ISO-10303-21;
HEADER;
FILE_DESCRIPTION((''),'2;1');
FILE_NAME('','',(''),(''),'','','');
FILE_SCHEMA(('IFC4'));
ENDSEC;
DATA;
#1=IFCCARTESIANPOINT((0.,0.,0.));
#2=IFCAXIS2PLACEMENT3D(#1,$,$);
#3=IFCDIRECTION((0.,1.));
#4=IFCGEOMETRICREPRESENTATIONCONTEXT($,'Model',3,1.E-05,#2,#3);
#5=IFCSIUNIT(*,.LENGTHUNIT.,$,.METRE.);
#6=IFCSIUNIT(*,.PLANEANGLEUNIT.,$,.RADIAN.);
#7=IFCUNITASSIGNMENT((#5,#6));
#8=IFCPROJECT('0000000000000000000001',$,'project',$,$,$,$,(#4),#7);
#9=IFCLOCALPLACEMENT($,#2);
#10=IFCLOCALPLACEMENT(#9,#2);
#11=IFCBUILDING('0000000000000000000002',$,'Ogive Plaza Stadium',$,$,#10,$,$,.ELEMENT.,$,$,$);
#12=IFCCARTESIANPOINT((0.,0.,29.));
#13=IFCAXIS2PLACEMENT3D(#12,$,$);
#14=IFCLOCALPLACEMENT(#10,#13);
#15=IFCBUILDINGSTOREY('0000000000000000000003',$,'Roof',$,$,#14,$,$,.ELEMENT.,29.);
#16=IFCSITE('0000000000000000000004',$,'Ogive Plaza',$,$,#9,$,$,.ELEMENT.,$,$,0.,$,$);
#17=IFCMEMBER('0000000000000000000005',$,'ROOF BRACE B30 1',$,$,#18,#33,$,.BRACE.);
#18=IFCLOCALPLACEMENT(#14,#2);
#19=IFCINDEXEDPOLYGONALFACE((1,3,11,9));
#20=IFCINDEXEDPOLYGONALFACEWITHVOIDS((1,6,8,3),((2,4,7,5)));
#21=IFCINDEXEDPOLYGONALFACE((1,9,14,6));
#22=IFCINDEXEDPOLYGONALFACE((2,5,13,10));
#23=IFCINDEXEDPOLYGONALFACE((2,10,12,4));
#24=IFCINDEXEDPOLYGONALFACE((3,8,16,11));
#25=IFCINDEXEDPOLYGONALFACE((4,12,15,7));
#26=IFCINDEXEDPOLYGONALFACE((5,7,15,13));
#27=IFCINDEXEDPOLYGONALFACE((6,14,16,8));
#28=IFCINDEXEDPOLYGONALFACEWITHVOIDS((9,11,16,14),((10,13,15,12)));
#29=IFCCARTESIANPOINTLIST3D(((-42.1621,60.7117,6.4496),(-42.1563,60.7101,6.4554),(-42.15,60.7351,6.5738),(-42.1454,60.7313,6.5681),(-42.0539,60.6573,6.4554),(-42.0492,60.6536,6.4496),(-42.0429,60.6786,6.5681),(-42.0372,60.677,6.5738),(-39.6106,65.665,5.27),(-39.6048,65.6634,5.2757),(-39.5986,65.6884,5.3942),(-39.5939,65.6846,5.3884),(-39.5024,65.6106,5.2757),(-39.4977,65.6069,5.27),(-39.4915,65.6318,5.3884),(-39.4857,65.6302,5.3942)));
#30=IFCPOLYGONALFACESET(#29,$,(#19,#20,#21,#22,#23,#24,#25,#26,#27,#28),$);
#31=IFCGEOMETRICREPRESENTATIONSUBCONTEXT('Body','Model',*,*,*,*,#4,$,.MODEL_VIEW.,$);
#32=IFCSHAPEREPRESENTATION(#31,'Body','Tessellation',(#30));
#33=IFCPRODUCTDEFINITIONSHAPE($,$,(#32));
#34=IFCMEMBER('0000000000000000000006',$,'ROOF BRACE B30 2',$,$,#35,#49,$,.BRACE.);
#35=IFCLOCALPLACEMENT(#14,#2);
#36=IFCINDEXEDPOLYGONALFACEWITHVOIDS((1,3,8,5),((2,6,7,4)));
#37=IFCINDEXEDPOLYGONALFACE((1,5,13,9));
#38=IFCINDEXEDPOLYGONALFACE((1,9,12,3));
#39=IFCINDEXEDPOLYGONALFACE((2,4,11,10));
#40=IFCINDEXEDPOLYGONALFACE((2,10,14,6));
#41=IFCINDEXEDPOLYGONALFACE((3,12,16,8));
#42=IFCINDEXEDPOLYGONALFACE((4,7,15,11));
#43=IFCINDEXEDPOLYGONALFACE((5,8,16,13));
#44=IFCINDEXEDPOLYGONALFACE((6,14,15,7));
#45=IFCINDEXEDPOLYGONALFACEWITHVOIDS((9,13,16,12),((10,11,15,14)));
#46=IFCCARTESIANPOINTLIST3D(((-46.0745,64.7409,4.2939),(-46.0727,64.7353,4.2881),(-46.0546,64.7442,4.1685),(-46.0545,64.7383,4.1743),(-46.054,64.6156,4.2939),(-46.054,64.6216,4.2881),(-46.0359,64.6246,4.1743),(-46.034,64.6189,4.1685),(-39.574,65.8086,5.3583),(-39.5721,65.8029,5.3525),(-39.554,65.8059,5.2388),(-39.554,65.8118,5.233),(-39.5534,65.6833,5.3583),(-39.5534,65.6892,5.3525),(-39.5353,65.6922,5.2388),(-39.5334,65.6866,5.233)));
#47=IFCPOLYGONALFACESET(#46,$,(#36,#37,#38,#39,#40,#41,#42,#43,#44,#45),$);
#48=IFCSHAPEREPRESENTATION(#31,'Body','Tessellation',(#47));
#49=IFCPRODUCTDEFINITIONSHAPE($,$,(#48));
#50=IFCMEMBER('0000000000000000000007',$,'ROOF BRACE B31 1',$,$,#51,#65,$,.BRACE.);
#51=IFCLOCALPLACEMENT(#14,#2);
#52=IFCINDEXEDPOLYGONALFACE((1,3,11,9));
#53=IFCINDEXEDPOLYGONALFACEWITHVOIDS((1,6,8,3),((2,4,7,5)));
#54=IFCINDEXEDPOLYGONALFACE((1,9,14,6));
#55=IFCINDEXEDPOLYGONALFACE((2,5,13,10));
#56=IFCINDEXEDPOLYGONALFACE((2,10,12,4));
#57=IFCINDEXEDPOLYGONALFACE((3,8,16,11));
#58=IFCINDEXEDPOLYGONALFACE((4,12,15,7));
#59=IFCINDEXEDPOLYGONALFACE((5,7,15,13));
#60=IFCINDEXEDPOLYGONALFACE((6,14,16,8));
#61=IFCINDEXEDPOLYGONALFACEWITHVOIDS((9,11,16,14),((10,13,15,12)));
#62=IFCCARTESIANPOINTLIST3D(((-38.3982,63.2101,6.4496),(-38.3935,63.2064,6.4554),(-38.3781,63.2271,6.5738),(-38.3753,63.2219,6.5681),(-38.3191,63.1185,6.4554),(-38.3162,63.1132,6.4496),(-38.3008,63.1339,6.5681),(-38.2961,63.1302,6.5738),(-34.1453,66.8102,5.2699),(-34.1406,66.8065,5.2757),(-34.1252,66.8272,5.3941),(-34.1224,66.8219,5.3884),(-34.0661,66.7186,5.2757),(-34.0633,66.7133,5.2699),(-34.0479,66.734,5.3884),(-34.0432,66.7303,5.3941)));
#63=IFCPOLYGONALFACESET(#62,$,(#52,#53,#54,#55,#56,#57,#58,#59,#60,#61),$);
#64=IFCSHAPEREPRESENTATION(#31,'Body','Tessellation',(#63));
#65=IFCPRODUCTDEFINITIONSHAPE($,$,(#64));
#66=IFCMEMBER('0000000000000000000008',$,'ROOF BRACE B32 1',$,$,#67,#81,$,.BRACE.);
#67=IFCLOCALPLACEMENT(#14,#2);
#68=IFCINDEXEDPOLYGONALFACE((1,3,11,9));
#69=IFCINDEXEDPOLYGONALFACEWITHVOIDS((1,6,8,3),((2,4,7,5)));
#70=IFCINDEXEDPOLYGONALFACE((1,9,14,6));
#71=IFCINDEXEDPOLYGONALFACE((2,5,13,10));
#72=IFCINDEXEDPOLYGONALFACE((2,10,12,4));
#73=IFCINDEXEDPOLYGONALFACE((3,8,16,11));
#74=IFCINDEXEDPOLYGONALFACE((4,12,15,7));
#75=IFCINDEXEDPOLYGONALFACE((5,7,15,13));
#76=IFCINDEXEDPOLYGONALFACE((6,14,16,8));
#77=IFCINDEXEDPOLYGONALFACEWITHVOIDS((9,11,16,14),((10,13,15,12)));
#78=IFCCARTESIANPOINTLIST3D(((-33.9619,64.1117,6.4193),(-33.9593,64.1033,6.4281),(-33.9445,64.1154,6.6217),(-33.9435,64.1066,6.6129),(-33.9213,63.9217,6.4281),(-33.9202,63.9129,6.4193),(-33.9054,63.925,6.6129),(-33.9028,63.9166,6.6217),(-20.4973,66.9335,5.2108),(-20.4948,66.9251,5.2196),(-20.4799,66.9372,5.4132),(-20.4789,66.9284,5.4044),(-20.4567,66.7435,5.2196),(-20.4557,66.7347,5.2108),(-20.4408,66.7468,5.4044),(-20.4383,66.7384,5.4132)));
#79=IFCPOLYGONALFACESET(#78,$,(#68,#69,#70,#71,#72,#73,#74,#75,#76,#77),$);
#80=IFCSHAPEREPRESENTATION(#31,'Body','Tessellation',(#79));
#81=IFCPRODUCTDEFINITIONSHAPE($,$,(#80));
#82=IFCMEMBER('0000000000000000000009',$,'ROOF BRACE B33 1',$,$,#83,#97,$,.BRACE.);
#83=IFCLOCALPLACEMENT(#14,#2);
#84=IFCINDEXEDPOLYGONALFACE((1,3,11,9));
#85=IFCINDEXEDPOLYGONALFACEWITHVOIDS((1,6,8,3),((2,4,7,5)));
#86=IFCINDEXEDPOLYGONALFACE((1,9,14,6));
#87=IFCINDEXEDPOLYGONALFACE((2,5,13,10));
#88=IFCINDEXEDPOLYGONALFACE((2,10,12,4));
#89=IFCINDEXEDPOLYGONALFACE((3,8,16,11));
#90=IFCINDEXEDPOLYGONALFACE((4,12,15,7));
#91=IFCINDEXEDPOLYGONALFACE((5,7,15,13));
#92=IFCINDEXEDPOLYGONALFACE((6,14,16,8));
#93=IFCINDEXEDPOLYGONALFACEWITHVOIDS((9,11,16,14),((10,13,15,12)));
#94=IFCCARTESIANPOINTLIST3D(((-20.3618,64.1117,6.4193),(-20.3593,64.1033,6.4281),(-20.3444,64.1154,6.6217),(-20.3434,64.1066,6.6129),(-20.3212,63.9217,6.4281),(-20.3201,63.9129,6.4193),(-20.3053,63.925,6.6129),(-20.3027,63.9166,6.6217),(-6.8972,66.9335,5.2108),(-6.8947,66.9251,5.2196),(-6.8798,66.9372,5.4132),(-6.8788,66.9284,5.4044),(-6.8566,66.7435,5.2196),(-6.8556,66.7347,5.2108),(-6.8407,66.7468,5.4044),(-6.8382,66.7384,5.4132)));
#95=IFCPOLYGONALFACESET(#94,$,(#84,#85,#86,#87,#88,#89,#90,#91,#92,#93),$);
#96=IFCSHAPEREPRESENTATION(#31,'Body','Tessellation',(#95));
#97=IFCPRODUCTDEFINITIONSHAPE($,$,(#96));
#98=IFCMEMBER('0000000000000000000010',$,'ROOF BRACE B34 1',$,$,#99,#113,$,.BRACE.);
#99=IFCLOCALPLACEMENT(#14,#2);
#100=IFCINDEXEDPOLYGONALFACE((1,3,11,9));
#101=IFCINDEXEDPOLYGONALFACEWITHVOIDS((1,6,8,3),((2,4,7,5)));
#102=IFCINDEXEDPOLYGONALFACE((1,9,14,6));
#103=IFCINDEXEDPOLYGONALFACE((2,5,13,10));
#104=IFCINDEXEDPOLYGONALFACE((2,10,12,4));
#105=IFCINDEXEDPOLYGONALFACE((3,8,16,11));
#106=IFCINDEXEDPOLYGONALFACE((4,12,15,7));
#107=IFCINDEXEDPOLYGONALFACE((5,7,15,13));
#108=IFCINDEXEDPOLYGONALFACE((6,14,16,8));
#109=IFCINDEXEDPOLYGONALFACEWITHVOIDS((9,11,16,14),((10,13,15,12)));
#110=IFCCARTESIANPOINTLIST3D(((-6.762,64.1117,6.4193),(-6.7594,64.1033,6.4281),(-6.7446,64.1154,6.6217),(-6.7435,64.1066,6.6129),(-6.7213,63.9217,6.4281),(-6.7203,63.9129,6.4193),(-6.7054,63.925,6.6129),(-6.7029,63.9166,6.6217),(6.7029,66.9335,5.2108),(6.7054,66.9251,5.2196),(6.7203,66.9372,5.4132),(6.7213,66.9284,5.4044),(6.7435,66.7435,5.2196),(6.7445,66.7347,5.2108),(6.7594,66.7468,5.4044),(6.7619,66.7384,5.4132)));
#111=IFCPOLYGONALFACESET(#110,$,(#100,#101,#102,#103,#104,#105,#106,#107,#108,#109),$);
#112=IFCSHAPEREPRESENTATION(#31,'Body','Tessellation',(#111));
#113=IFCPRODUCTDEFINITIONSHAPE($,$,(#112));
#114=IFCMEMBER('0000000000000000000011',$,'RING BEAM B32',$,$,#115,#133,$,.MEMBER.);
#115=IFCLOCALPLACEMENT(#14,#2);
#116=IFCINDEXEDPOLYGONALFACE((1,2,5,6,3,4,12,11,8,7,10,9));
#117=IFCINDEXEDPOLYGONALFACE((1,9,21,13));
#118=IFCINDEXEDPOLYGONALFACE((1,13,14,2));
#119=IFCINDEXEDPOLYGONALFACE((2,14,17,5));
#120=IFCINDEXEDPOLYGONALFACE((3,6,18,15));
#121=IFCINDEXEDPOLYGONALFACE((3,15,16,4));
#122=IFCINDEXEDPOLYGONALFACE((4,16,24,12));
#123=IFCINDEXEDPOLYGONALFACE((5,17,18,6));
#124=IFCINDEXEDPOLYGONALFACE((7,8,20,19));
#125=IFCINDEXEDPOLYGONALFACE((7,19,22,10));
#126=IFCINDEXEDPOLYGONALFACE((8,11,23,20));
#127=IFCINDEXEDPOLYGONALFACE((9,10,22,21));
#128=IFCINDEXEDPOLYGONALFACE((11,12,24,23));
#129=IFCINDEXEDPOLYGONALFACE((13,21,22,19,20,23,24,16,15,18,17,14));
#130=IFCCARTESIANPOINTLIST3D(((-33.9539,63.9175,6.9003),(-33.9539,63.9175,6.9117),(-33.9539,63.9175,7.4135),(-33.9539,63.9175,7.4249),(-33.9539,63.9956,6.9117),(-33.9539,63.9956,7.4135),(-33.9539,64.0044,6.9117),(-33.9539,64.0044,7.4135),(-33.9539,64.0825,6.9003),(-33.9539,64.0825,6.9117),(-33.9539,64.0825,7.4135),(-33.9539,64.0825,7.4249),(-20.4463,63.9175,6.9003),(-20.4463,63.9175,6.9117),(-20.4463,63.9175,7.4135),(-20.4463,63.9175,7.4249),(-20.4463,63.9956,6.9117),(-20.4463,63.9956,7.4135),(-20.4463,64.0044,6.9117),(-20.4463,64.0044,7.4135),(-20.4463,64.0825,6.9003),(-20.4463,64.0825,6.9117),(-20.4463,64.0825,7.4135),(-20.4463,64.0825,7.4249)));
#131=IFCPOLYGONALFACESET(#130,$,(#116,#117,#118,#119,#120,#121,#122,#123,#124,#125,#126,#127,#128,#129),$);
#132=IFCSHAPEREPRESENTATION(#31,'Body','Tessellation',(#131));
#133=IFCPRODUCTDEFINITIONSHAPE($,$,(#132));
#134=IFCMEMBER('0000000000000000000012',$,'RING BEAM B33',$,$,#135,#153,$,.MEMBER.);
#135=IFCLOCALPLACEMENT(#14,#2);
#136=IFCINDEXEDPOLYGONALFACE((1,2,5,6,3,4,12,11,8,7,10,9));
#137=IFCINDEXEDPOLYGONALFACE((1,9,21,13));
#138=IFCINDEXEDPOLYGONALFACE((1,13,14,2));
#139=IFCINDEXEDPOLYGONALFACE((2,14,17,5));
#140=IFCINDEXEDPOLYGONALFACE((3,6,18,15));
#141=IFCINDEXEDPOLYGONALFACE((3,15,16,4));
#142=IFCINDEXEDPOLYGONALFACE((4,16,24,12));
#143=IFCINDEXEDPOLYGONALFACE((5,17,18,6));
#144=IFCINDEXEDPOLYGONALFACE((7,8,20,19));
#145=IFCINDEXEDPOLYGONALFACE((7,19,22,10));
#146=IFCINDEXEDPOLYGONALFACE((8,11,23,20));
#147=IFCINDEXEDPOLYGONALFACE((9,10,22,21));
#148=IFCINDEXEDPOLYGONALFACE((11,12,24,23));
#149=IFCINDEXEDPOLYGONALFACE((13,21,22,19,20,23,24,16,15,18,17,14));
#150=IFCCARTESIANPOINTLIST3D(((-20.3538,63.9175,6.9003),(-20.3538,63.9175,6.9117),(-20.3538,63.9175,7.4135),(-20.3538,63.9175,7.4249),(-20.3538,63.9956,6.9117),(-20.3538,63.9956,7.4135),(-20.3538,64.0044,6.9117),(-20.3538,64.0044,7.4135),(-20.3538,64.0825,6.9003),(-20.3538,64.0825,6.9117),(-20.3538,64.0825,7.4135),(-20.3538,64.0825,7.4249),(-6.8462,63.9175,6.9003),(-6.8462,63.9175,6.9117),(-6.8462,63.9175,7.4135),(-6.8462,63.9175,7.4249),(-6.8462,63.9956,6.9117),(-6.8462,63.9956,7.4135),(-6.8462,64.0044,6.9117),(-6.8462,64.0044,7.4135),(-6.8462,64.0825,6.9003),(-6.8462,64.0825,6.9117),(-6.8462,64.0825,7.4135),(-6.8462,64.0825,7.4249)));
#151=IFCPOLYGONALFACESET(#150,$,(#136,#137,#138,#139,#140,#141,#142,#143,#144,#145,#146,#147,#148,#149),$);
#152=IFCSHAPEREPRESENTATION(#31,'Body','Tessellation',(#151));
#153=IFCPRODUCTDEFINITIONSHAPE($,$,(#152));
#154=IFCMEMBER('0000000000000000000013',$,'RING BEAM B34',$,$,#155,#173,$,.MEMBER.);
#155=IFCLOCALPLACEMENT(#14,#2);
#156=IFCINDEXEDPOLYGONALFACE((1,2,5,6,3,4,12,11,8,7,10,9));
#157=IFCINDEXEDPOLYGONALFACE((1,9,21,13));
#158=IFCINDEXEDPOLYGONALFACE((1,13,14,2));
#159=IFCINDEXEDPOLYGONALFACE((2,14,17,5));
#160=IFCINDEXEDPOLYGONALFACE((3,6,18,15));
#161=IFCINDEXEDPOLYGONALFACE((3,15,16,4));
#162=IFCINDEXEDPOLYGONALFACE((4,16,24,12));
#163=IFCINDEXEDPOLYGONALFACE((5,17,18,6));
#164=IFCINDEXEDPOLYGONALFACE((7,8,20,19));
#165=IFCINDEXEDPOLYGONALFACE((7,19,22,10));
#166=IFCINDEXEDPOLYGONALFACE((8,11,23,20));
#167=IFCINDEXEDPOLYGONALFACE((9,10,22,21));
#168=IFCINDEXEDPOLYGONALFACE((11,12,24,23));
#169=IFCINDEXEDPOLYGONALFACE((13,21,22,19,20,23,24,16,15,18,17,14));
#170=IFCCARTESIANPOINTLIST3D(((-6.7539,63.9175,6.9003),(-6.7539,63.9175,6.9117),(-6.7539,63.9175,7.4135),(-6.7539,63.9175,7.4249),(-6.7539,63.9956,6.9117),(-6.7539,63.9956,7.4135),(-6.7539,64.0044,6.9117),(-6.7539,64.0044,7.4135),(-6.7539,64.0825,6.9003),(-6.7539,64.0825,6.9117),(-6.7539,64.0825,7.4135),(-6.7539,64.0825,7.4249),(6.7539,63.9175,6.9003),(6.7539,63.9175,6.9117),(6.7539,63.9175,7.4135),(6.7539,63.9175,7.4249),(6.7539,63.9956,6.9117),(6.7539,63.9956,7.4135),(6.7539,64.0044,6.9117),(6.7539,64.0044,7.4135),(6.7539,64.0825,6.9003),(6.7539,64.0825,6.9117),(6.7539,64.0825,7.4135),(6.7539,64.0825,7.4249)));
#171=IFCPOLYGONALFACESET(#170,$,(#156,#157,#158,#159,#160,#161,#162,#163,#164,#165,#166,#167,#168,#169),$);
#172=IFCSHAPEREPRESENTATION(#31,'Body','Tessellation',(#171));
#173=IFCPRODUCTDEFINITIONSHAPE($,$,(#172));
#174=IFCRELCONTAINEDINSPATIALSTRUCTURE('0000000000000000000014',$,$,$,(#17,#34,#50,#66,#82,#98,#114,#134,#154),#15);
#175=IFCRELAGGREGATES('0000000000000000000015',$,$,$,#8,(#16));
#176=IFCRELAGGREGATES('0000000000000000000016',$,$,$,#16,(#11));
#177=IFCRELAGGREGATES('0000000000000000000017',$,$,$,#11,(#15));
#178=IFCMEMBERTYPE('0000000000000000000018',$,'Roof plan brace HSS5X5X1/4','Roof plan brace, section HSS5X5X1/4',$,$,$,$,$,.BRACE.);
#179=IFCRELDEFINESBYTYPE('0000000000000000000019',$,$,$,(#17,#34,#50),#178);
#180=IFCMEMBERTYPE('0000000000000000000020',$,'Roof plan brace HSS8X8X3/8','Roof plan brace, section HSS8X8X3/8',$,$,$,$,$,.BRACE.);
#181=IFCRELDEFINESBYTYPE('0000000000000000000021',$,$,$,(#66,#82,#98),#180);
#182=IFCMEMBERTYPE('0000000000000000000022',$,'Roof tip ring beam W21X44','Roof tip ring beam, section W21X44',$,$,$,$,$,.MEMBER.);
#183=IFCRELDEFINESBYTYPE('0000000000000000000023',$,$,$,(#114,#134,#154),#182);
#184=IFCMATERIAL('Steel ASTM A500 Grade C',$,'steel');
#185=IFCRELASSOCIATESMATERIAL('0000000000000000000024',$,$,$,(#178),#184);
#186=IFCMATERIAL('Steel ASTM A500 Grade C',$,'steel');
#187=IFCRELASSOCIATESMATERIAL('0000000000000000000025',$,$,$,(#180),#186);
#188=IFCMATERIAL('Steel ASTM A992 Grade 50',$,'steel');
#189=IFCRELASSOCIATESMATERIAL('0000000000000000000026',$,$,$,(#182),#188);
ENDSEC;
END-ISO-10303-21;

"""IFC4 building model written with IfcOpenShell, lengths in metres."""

from ifc_helpers import new_model, si_unit, direction, frame, origin, origin_2d, place, context, subcontext, project, spatial, hollow_rectangle, i_section, extrude, material, material_profile, profile_set, type_object, element, save


model = new_model("IFC4")

# Units and contexts
model_context = context("Model", 3, precision=1e-05, world=origin(), true_north=direction((0.0, 1.0)))
body_context = subcontext(model_context, "Body", "Model", "MODEL_VIEW")
ifc_project = project(units=[si_unit("LENGTHUNIT", "METRE"), si_unit("PLANEANGLEUNIT", "RADIAN")], contexts=[model_context])

# Site, building, storey
site_placement = place(None, origin())
site = spatial("IfcSite", under=ifc_project, at=site_placement, Name="Ogive Plaza", CompositionType="ELEMENT", RefElevation=0.0)
building_placement = place(site_placement, origin())
building = spatial("IfcBuilding", under=site, at=building_placement, Name="Ogive Plaza Stadium", CompositionType="ELEMENT")
storey_placement = place(building_placement, frame((0.0, 0.0, 29.0)))
storey = spatial("IfcBuildingStorey", under=building, at=storey_placement, Name="Roof", CompositionType="ELEMENT", Elevation=29.0)

# Members
ifc_material_1 = material(Name="Steel ASTM A500 Grade C", Category="steel")
ifc_material_profile_1 = material_profile(ifc_material_1, hollow_rectangle(XDim=0.127, YDim=0.127, WallThickness=0.0059, at=origin_2d()), Name="HSS5X5X1/4")
ifc_profile_set_1 = profile_set([ifc_material_profile_1], Name="Steel ASTM A500 Grade C")
member_type_1 = type_object("IfcMemberType", Name="Roof plan brace HSS5X5X1/4", Description="Roof plan brace, section HSS5X5X1/4", PredefinedType="BRACE", material=ifc_profile_set_1)
member_1_placement = place(storey_placement, frame((-42.0996, 60.6943, 6.5117), z_axis=(0.447994, 0.869712, -0.207129), x_axis=(-0.888991, 0.457925, 0.0)))
element("IfcMember", 1, at=member_1_placement, inside=storey, type_object=member_type_1, Name="ROOF BRACE B30 1", PredefinedType="BRACE", context=body_context, shape_type="SweptSolid", body=[
    extrude(hollow_rectangle(XDim=0.127, YDim=0.127, WallThickness=0.0059, at=origin_2d()), origin(), (0.0, 0.0, 1.0), 5.6953),
])
member_2_placement = place(storey_placement, frame((-39.5537, 65.7476, 5.2957), z_axis=(-0.974144, -0.159991, -0.159516), x_axis=(0.162067, -0.98678, 0.0)))
element("IfcMember", 2, at=member_2_placement, inside=storey, type_object=member_type_1, Name="ROOF BRACE B30 2", PredefinedType="BRACE", context=body_context, shape_type="SweptSolid", body=[
    extrude(hollow_rectangle(XDim=0.127, YDim=0.127, WallThickness=0.0059, at=origin_2d()), origin(), (0.0, 0.0, 1.0), 6.6731),
])
member_3_placement = place(storey_placement, frame((-38.3472, 63.1702, 6.5117), z_axis=(0.746705, 0.632085, -0.207123), x_axis=(-0.646095, 0.763257, 0.0)))
element("IfcMember", 3, at=member_3_placement, inside=storey, type_object=member_type_1, Name="ROOF BRACE B31 1", PredefinedType="BRACE", context=body_context, shape_type="SweptSolid", body=[
    extrude(hollow_rectangle(XDim=0.127, YDim=0.127, WallThickness=0.0059, at=origin_2d()), origin(), (0.0, 0.0, 1.0), 5.6956),
])
ifc_material_2 = material(Name="Steel ASTM A500 Grade C", Category="steel")
ifc_material_profile_2 = material_profile(ifc_material_2, hollow_rectangle(XDim=0.2031, YDim=0.2031, WallThickness=0.0088, at=origin_2d()), Name="HSS8X8X3/8")
ifc_profile_set_2 = profile_set([ifc_material_profile_2], Name="Steel ASTM A500 Grade C")
member_type_2 = type_object("IfcMemberType", Name="Roof plan brace HSS8X8X3/8", Description="Roof plan brace, section HSS8X8X3/8", PredefinedType="BRACE", material=ifc_profile_set_2)
for number, where, z_axis, x_axis, name in (
    (4, (-33.9324, 64.0142, 6.5205), (0.974983, 0.204327, -0.087508), (-0.205114, 0.978738, 0.0), "ROOF BRACE B32 1"),
    (5, (-20.3323, 64.0142, 6.5205), (0.974983, 0.204327, -0.087508), (-0.205114, 0.978738, 0.0), "ROOF BRACE B33 1"),
):
    element("IfcMember", number, at=place(storey_placement, frame(where, z_axis=z_axis, x_axis=x_axis)), inside=storey, type_object=member_type_2, Name=name, PredefinedType="BRACE", context=body_context, shape_type="SweptSolid", body=[
        extrude(hollow_rectangle(XDim=0.2031, YDim=0.2031, WallThickness=0.0088, at=origin_2d()), origin(), (0.0, 0.0, 1.0), 13.8101),
    ])
member_4_placement = place(storey_placement, frame((-6.7324, 64.0142, 6.5205), z_axis=(0.974984, 0.204324, -0.087507), x_axis=(-0.205111, 0.978739, 0.0)))
element("IfcMember", 6, at=member_4_placement, inside=storey, type_object=member_type_2, Name="ROOF BRACE B34 1", PredefinedType="BRACE", context=body_context, shape_type="SweptSolid", body=[
    extrude(hollow_rectangle(XDim=0.2031, YDim=0.2031, WallThickness=0.0088, at=origin_2d()), origin(), (0.0, 0.0, 1.0), 13.8103),
])
ifc_material_3 = material(Name="Steel ASTM A992 Grade 50", Category="steel")
ifc_material_profile_3 = material_profile(ifc_material_3, i_section(OverallWidth=0.165, OverallDepth=0.5247, WebThickness=0.0088, FlangeThickness=0.0115, at=origin_2d()), Name="W21X44")
ifc_profile_set_3 = profile_set([ifc_material_profile_3], Name="Steel ASTM A992 Grade 50")
member_type_3 = type_object("IfcMemberType", Name="Roof tip ring beam W21X44", Description="Roof tip ring beam, section W21X44", PredefinedType="MEMBER", material=ifc_profile_set_3)
for number, where, z_axis, x_axis, name in (
    (7, (-33.9539, 64.0, 7.1626), (1.0, 0.0, 0.0), (0.0, 1.0, 0.0), "RING BEAM B32"),
    (8, (-20.3538, 64.0, 7.1626), (1.0, 0.0, 0.0), (0.0, 1.0, 0.0), "RING BEAM B33"),
):
    element("IfcMember", number, at=place(storey_placement, frame(where, z_axis=z_axis, x_axis=x_axis)), inside=storey, type_object=member_type_3, Name=name, PredefinedType="MEMBER", context=body_context, shape_type="SweptSolid", body=[
        extrude(i_section(OverallWidth=0.165, OverallDepth=0.5247, WebThickness=0.0088, FlangeThickness=0.0115, at=origin_2d()), origin(), (0.0, 0.0, 1.0), 13.5076),
    ])
member_5_placement = place(storey_placement, frame((-6.7539, 64.0, 7.1626), z_axis=(1.0, 0.0, 0.0), x_axis=(0.0, 1.0, 0.0)))
element("IfcMember", 9, at=member_5_placement, inside=storey, type_object=member_type_3, Name="RING BEAM B34", PredefinedType="MEMBER", context=body_context, shape_type="SweptSolid", body=[
    extrude(i_section(OverallWidth=0.165, OverallDepth=0.5247, WebThickness=0.0088, FlangeThickness=0.0115, at=origin_2d()), origin(), (0.0, 0.0, 1.0), 13.5078),
])

save(model, "model.ifc")
